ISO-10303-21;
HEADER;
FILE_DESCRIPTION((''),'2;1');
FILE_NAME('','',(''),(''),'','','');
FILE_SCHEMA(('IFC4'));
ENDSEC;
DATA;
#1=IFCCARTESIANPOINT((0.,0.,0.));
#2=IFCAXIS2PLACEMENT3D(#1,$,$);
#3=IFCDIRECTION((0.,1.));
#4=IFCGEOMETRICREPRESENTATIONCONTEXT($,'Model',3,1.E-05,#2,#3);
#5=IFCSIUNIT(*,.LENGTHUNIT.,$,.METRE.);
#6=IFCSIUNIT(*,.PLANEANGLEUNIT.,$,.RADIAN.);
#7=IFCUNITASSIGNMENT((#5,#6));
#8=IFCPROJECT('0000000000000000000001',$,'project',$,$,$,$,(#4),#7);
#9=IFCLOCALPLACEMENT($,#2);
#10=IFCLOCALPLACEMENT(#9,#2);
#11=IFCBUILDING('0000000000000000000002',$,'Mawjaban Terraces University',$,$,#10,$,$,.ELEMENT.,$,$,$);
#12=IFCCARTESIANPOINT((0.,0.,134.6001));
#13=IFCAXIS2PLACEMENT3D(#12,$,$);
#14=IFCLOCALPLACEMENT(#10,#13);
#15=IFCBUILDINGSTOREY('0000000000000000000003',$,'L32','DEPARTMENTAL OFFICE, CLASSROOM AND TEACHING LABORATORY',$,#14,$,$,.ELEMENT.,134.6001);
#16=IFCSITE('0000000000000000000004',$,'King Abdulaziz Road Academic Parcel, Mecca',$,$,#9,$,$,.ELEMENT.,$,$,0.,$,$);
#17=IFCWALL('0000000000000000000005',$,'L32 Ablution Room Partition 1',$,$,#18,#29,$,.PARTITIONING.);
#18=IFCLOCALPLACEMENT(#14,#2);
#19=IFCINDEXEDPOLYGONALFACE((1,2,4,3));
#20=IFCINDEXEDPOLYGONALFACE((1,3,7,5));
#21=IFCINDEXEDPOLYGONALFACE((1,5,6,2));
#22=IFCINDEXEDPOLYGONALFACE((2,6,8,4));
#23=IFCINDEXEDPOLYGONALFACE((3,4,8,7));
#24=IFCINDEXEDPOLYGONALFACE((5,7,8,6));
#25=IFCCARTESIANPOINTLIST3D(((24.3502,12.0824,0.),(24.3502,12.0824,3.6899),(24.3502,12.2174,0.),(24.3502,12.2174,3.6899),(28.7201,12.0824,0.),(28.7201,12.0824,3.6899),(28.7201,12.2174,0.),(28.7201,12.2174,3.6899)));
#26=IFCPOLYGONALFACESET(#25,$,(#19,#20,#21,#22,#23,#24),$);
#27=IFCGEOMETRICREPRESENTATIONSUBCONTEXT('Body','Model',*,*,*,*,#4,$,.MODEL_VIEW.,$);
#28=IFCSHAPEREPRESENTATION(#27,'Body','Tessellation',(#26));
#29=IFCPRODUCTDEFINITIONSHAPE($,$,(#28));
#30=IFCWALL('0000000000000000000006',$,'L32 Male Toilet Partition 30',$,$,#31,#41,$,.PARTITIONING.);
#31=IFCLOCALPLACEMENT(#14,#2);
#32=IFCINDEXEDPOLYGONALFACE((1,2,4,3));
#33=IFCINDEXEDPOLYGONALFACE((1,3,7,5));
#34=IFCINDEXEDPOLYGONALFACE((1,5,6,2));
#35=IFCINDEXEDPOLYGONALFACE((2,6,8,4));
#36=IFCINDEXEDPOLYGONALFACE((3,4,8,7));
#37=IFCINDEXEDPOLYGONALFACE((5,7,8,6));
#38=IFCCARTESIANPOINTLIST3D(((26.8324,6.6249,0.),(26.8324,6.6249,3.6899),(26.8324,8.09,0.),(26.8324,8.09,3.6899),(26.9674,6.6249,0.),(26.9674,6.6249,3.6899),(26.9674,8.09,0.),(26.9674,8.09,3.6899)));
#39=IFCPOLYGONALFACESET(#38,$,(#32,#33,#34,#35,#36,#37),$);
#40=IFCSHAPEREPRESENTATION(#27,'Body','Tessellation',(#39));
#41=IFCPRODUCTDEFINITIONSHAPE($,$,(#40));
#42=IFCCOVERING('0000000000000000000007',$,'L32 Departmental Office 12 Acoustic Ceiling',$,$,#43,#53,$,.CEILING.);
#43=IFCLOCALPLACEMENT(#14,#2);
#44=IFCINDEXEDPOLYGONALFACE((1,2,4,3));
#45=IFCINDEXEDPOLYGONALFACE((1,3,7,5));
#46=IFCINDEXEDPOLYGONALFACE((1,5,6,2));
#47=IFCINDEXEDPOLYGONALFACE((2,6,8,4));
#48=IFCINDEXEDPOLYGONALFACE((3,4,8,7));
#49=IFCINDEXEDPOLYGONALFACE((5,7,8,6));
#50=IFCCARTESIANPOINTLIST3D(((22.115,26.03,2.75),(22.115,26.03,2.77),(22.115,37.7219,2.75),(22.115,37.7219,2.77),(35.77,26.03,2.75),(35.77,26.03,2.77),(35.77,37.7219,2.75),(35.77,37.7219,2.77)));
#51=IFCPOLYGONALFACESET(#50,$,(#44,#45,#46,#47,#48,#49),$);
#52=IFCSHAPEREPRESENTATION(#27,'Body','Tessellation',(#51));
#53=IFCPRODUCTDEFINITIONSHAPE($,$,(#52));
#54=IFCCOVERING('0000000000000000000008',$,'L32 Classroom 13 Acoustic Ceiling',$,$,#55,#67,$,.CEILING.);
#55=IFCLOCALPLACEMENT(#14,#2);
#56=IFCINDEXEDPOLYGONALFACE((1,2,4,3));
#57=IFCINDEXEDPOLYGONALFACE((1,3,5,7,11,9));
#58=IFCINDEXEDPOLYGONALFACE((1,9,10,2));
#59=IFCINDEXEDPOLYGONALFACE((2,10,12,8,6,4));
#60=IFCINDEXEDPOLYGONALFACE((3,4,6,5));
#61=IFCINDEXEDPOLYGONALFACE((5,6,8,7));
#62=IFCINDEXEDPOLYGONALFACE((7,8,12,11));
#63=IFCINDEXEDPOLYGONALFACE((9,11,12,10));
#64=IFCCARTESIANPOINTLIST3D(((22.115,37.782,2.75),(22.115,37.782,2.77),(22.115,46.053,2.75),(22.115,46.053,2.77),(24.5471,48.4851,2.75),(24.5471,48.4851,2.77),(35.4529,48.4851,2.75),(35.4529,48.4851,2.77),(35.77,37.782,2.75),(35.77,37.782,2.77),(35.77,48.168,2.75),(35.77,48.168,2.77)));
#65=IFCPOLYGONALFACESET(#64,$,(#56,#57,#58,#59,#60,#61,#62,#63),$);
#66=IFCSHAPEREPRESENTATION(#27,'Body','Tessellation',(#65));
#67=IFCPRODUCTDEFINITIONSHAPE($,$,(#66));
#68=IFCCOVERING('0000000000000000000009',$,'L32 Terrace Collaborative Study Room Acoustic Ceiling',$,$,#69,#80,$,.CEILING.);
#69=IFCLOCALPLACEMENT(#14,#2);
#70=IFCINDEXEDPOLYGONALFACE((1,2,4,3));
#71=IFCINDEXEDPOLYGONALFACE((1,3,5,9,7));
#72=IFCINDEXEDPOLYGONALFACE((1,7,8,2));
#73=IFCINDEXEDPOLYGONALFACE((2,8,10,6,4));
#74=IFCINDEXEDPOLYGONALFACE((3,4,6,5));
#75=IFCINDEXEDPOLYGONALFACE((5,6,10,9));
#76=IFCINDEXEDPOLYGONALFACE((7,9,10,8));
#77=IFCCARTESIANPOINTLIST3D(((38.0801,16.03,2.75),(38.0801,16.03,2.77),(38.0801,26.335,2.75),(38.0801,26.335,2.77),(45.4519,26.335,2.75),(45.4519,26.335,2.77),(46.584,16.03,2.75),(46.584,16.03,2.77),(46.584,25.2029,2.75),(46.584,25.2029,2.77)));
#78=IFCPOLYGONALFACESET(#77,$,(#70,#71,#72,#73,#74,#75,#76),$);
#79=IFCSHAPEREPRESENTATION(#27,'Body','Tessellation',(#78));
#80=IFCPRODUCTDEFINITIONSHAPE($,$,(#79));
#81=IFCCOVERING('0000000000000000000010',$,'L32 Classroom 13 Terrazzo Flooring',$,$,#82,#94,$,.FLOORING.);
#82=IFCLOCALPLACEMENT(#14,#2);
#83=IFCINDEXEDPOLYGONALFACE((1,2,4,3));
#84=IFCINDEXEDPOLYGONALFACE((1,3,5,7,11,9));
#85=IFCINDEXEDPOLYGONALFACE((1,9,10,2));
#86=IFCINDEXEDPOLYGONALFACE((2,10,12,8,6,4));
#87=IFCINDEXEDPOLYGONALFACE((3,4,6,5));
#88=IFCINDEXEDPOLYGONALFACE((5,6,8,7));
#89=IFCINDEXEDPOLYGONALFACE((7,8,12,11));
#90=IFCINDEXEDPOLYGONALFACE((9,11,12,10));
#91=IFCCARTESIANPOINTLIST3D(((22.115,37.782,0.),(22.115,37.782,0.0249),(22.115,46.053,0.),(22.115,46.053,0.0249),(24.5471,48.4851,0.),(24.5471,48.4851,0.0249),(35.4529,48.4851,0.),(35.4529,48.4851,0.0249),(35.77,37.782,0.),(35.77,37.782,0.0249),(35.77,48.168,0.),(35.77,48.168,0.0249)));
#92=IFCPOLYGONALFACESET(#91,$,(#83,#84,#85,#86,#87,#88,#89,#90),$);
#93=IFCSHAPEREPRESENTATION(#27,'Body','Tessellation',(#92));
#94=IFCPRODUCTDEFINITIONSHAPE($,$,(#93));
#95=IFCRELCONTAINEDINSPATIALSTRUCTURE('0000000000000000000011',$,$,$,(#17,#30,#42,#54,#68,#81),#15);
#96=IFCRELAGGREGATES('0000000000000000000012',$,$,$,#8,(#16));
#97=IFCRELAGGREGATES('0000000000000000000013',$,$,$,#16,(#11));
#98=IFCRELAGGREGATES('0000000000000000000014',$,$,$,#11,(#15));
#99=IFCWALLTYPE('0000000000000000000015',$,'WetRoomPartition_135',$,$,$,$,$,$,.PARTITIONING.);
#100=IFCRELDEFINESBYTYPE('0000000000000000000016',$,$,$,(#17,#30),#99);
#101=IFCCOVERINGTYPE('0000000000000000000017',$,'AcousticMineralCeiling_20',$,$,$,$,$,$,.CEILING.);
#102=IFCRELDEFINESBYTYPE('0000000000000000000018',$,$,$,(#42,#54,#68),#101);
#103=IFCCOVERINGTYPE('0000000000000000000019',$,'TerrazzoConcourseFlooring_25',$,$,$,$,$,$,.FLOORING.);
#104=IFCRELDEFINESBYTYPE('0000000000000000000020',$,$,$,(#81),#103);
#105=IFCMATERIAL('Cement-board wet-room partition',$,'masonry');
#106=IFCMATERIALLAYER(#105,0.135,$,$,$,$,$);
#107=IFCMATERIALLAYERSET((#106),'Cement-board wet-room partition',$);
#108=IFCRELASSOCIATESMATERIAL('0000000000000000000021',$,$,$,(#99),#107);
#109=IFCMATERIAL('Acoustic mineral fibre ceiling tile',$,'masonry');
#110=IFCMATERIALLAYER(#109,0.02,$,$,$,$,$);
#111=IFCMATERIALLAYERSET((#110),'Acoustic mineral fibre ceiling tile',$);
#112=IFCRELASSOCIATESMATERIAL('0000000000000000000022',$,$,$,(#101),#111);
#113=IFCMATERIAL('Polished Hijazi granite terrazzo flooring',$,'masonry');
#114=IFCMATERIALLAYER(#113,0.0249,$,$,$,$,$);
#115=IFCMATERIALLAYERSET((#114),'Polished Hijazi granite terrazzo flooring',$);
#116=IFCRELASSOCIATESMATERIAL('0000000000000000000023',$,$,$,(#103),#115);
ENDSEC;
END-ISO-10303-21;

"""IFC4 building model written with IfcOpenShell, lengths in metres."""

from ifc_helpers import new_model, si_unit, direction, frame, frame_2d, origin, place, context, subcontext, project, spatial, polyline, rectangle, outline, extrude, material, layer, layer_set, type_object, element, save


model = new_model("IFC4")

# Units and contexts
model_context = context("Model", 3, precision=1e-05, world=origin(), true_north=direction((0.0, 1.0)))
body_context = subcontext(model_context, "Body", "Model", "MODEL_VIEW")
ifc_project = project(units=[si_unit("LENGTHUNIT", "METRE"), si_unit("PLANEANGLEUNIT", "RADIAN")], contexts=[model_context])

# Site, building, storey
site_placement = place(None, origin())
site = spatial("IfcSite", under=ifc_project, at=site_placement, Name="King Abdulaziz Road Academic Parcel, Mecca", CompositionType="ELEMENT", RefElevation=0.0)
building_placement = place(site_placement, origin())
building = spatial("IfcBuilding", under=site, at=building_placement, Name="Mawjaban Terraces University", CompositionType="ELEMENT")
storey_placement = place(building_placement, frame((0.0, 0.0, 134.6001)))
storey = spatial("IfcBuildingStorey", under=building, at=storey_placement, Name="L32", Description="DEPARTMENTAL OFFICE, CLASSROOM AND TEACHING LABORATORY", CompositionType="ELEMENT", Elevation=134.6001)

# Walls
ifc_material_1 = material(Name="Cement-board wet-room partition", Category="masonry")
ifc_layer_1 = layer(ifc_material_1, 0.135)
ifc_layer_set_1 = layer_set([ifc_layer_1], Name="Cement-board wet-room partition")
wall_type_1 = type_object("IfcWallType", Name="WetRoomPartition_135", PredefinedType="PARTITIONING", material=ifc_layer_set_1)
wall_1_placement = place(storey_placement, frame((24.3501, 12.1499, 0.0), z_axis=(0.0, 0.0, 1.0), x_axis=(1.0, 0.0, 0.0)))
element("IfcWall", 1, at=wall_1_placement, inside=storey, type_object=wall_type_1, Name="L32 Ablution Room Partition 1", PredefinedType="PARTITIONING", context=body_context, shape_type="SweptSolid", body=[
    extrude(rectangle(XDim=4.3699, YDim=0.135, at=frame_2d((2.1851, 0.0))), origin(), (0.0, 0.0, 1.0), 3.6899),
])
wall_2_placement = place(storey_placement, frame((26.8999, 6.625, 0.0), z_axis=(0.0, 0.0, 1.0), x_axis=(0.0, 1.0, 0.0)))
element("IfcWall", 2, at=wall_2_placement, inside=storey, type_object=wall_type_1, Name="L32 Male Toilet Partition 30", PredefinedType="PARTITIONING", context=body_context, shape_type="SweptSolid", body=[
    extrude(rectangle(XDim=1.4651, YDim=0.135, at=frame_2d((0.7324, 0.0))), origin(), (0.0, 0.0, 1.0), 3.6899),
])

# Coverings
ifc_material_2 = material(Name="Acoustic mineral fibre ceiling tile", Category="masonry")
ifc_layer_2 = layer(ifc_material_2, 0.02)
ifc_layer_set_2 = layer_set([ifc_layer_2], Name="Acoustic mineral fibre ceiling tile")
covering_type_1 = type_object("IfcCoveringType", Name="AcousticMineralCeiling_20", PredefinedType="CEILING", material=ifc_layer_set_2)
covering_1_placement = place(storey_placement, frame((0.0, 0.0, 2.75)))
element("IfcCovering", 3, at=covering_1_placement, inside=storey, type_object=covering_type_1, Name="L32 Departmental Office 12 Acoustic Ceiling", PredefinedType="CEILING", context=body_context, shape_type="SweptSolid", body=[
    extrude(outline(polyline([(22.115, 37.7219), (22.115, 26.03), (35.77, 26.03), (35.77, 37.7219), (22.115, 37.7219)])), origin(), (0.0, 0.0, 1.0), 0.02),
])
covering_2_placement = place(storey_placement, frame((0.0, 0.0, 2.75)))
element("IfcCovering", 4, at=covering_2_placement, inside=storey, type_object=covering_type_1, Name="L32 Classroom 13 Acoustic Ceiling", PredefinedType="CEILING", context=body_context, shape_type="SweptSolid", body=[
    extrude(outline(polyline([(35.77, 48.168), (35.4529, 48.4851), (24.5471, 48.4851), (22.115, 46.053), (22.115, 37.782), (35.77, 37.782), (35.77, 48.168)])), origin(), (0.0, 0.0, 1.0), 0.02),
])
covering_3_placement = place(storey_placement, frame((0.0, 0.0, 2.75)))
element("IfcCovering", 5, at=covering_3_placement, inside=storey, type_object=covering_type_1, Name="L32 Terrace Collaborative Study Room Acoustic Ceiling", PredefinedType="CEILING", context=body_context, shape_type="SweptSolid", body=[
    extrude(outline(polyline([(46.584, 16.03), (46.584, 25.2029), (45.4519, 26.335), (38.0801, 26.335), (38.0801, 16.03), (46.584, 16.03)])), origin(), (0.0, 0.0, 1.0), 0.02),
])
ifc_material_3 = material(Name="Polished Hijazi granite terrazzo flooring", Category="masonry")
ifc_layer_3 = layer(ifc_material_3, 0.0249)
ifc_layer_set_3 = layer_set([ifc_layer_3], Name="Polished Hijazi granite terrazzo flooring")
covering_type_2 = type_object("IfcCoveringType", Name="TerrazzoConcourseFlooring_25", PredefinedType="FLOORING", material=ifc_layer_set_3)
covering_4_placement = place(storey_placement, origin())
element("IfcCovering", 6, at=covering_4_placement, inside=storey, type_object=covering_type_2, Name="L32 Classroom 13 Terrazzo Flooring", PredefinedType="FLOORING", context=body_context, shape_type="SweptSolid", body=[
    extrude(outline(polyline([(35.77, 48.168), (35.4529, 48.4851), (24.5471, 48.4851), (22.115, 46.053), (22.115, 37.782), (35.77, 37.782), (35.77, 48.168)])), origin(), (0.0, 0.0, 1.0), 0.0249),
])

save(model, "model.ifc")
